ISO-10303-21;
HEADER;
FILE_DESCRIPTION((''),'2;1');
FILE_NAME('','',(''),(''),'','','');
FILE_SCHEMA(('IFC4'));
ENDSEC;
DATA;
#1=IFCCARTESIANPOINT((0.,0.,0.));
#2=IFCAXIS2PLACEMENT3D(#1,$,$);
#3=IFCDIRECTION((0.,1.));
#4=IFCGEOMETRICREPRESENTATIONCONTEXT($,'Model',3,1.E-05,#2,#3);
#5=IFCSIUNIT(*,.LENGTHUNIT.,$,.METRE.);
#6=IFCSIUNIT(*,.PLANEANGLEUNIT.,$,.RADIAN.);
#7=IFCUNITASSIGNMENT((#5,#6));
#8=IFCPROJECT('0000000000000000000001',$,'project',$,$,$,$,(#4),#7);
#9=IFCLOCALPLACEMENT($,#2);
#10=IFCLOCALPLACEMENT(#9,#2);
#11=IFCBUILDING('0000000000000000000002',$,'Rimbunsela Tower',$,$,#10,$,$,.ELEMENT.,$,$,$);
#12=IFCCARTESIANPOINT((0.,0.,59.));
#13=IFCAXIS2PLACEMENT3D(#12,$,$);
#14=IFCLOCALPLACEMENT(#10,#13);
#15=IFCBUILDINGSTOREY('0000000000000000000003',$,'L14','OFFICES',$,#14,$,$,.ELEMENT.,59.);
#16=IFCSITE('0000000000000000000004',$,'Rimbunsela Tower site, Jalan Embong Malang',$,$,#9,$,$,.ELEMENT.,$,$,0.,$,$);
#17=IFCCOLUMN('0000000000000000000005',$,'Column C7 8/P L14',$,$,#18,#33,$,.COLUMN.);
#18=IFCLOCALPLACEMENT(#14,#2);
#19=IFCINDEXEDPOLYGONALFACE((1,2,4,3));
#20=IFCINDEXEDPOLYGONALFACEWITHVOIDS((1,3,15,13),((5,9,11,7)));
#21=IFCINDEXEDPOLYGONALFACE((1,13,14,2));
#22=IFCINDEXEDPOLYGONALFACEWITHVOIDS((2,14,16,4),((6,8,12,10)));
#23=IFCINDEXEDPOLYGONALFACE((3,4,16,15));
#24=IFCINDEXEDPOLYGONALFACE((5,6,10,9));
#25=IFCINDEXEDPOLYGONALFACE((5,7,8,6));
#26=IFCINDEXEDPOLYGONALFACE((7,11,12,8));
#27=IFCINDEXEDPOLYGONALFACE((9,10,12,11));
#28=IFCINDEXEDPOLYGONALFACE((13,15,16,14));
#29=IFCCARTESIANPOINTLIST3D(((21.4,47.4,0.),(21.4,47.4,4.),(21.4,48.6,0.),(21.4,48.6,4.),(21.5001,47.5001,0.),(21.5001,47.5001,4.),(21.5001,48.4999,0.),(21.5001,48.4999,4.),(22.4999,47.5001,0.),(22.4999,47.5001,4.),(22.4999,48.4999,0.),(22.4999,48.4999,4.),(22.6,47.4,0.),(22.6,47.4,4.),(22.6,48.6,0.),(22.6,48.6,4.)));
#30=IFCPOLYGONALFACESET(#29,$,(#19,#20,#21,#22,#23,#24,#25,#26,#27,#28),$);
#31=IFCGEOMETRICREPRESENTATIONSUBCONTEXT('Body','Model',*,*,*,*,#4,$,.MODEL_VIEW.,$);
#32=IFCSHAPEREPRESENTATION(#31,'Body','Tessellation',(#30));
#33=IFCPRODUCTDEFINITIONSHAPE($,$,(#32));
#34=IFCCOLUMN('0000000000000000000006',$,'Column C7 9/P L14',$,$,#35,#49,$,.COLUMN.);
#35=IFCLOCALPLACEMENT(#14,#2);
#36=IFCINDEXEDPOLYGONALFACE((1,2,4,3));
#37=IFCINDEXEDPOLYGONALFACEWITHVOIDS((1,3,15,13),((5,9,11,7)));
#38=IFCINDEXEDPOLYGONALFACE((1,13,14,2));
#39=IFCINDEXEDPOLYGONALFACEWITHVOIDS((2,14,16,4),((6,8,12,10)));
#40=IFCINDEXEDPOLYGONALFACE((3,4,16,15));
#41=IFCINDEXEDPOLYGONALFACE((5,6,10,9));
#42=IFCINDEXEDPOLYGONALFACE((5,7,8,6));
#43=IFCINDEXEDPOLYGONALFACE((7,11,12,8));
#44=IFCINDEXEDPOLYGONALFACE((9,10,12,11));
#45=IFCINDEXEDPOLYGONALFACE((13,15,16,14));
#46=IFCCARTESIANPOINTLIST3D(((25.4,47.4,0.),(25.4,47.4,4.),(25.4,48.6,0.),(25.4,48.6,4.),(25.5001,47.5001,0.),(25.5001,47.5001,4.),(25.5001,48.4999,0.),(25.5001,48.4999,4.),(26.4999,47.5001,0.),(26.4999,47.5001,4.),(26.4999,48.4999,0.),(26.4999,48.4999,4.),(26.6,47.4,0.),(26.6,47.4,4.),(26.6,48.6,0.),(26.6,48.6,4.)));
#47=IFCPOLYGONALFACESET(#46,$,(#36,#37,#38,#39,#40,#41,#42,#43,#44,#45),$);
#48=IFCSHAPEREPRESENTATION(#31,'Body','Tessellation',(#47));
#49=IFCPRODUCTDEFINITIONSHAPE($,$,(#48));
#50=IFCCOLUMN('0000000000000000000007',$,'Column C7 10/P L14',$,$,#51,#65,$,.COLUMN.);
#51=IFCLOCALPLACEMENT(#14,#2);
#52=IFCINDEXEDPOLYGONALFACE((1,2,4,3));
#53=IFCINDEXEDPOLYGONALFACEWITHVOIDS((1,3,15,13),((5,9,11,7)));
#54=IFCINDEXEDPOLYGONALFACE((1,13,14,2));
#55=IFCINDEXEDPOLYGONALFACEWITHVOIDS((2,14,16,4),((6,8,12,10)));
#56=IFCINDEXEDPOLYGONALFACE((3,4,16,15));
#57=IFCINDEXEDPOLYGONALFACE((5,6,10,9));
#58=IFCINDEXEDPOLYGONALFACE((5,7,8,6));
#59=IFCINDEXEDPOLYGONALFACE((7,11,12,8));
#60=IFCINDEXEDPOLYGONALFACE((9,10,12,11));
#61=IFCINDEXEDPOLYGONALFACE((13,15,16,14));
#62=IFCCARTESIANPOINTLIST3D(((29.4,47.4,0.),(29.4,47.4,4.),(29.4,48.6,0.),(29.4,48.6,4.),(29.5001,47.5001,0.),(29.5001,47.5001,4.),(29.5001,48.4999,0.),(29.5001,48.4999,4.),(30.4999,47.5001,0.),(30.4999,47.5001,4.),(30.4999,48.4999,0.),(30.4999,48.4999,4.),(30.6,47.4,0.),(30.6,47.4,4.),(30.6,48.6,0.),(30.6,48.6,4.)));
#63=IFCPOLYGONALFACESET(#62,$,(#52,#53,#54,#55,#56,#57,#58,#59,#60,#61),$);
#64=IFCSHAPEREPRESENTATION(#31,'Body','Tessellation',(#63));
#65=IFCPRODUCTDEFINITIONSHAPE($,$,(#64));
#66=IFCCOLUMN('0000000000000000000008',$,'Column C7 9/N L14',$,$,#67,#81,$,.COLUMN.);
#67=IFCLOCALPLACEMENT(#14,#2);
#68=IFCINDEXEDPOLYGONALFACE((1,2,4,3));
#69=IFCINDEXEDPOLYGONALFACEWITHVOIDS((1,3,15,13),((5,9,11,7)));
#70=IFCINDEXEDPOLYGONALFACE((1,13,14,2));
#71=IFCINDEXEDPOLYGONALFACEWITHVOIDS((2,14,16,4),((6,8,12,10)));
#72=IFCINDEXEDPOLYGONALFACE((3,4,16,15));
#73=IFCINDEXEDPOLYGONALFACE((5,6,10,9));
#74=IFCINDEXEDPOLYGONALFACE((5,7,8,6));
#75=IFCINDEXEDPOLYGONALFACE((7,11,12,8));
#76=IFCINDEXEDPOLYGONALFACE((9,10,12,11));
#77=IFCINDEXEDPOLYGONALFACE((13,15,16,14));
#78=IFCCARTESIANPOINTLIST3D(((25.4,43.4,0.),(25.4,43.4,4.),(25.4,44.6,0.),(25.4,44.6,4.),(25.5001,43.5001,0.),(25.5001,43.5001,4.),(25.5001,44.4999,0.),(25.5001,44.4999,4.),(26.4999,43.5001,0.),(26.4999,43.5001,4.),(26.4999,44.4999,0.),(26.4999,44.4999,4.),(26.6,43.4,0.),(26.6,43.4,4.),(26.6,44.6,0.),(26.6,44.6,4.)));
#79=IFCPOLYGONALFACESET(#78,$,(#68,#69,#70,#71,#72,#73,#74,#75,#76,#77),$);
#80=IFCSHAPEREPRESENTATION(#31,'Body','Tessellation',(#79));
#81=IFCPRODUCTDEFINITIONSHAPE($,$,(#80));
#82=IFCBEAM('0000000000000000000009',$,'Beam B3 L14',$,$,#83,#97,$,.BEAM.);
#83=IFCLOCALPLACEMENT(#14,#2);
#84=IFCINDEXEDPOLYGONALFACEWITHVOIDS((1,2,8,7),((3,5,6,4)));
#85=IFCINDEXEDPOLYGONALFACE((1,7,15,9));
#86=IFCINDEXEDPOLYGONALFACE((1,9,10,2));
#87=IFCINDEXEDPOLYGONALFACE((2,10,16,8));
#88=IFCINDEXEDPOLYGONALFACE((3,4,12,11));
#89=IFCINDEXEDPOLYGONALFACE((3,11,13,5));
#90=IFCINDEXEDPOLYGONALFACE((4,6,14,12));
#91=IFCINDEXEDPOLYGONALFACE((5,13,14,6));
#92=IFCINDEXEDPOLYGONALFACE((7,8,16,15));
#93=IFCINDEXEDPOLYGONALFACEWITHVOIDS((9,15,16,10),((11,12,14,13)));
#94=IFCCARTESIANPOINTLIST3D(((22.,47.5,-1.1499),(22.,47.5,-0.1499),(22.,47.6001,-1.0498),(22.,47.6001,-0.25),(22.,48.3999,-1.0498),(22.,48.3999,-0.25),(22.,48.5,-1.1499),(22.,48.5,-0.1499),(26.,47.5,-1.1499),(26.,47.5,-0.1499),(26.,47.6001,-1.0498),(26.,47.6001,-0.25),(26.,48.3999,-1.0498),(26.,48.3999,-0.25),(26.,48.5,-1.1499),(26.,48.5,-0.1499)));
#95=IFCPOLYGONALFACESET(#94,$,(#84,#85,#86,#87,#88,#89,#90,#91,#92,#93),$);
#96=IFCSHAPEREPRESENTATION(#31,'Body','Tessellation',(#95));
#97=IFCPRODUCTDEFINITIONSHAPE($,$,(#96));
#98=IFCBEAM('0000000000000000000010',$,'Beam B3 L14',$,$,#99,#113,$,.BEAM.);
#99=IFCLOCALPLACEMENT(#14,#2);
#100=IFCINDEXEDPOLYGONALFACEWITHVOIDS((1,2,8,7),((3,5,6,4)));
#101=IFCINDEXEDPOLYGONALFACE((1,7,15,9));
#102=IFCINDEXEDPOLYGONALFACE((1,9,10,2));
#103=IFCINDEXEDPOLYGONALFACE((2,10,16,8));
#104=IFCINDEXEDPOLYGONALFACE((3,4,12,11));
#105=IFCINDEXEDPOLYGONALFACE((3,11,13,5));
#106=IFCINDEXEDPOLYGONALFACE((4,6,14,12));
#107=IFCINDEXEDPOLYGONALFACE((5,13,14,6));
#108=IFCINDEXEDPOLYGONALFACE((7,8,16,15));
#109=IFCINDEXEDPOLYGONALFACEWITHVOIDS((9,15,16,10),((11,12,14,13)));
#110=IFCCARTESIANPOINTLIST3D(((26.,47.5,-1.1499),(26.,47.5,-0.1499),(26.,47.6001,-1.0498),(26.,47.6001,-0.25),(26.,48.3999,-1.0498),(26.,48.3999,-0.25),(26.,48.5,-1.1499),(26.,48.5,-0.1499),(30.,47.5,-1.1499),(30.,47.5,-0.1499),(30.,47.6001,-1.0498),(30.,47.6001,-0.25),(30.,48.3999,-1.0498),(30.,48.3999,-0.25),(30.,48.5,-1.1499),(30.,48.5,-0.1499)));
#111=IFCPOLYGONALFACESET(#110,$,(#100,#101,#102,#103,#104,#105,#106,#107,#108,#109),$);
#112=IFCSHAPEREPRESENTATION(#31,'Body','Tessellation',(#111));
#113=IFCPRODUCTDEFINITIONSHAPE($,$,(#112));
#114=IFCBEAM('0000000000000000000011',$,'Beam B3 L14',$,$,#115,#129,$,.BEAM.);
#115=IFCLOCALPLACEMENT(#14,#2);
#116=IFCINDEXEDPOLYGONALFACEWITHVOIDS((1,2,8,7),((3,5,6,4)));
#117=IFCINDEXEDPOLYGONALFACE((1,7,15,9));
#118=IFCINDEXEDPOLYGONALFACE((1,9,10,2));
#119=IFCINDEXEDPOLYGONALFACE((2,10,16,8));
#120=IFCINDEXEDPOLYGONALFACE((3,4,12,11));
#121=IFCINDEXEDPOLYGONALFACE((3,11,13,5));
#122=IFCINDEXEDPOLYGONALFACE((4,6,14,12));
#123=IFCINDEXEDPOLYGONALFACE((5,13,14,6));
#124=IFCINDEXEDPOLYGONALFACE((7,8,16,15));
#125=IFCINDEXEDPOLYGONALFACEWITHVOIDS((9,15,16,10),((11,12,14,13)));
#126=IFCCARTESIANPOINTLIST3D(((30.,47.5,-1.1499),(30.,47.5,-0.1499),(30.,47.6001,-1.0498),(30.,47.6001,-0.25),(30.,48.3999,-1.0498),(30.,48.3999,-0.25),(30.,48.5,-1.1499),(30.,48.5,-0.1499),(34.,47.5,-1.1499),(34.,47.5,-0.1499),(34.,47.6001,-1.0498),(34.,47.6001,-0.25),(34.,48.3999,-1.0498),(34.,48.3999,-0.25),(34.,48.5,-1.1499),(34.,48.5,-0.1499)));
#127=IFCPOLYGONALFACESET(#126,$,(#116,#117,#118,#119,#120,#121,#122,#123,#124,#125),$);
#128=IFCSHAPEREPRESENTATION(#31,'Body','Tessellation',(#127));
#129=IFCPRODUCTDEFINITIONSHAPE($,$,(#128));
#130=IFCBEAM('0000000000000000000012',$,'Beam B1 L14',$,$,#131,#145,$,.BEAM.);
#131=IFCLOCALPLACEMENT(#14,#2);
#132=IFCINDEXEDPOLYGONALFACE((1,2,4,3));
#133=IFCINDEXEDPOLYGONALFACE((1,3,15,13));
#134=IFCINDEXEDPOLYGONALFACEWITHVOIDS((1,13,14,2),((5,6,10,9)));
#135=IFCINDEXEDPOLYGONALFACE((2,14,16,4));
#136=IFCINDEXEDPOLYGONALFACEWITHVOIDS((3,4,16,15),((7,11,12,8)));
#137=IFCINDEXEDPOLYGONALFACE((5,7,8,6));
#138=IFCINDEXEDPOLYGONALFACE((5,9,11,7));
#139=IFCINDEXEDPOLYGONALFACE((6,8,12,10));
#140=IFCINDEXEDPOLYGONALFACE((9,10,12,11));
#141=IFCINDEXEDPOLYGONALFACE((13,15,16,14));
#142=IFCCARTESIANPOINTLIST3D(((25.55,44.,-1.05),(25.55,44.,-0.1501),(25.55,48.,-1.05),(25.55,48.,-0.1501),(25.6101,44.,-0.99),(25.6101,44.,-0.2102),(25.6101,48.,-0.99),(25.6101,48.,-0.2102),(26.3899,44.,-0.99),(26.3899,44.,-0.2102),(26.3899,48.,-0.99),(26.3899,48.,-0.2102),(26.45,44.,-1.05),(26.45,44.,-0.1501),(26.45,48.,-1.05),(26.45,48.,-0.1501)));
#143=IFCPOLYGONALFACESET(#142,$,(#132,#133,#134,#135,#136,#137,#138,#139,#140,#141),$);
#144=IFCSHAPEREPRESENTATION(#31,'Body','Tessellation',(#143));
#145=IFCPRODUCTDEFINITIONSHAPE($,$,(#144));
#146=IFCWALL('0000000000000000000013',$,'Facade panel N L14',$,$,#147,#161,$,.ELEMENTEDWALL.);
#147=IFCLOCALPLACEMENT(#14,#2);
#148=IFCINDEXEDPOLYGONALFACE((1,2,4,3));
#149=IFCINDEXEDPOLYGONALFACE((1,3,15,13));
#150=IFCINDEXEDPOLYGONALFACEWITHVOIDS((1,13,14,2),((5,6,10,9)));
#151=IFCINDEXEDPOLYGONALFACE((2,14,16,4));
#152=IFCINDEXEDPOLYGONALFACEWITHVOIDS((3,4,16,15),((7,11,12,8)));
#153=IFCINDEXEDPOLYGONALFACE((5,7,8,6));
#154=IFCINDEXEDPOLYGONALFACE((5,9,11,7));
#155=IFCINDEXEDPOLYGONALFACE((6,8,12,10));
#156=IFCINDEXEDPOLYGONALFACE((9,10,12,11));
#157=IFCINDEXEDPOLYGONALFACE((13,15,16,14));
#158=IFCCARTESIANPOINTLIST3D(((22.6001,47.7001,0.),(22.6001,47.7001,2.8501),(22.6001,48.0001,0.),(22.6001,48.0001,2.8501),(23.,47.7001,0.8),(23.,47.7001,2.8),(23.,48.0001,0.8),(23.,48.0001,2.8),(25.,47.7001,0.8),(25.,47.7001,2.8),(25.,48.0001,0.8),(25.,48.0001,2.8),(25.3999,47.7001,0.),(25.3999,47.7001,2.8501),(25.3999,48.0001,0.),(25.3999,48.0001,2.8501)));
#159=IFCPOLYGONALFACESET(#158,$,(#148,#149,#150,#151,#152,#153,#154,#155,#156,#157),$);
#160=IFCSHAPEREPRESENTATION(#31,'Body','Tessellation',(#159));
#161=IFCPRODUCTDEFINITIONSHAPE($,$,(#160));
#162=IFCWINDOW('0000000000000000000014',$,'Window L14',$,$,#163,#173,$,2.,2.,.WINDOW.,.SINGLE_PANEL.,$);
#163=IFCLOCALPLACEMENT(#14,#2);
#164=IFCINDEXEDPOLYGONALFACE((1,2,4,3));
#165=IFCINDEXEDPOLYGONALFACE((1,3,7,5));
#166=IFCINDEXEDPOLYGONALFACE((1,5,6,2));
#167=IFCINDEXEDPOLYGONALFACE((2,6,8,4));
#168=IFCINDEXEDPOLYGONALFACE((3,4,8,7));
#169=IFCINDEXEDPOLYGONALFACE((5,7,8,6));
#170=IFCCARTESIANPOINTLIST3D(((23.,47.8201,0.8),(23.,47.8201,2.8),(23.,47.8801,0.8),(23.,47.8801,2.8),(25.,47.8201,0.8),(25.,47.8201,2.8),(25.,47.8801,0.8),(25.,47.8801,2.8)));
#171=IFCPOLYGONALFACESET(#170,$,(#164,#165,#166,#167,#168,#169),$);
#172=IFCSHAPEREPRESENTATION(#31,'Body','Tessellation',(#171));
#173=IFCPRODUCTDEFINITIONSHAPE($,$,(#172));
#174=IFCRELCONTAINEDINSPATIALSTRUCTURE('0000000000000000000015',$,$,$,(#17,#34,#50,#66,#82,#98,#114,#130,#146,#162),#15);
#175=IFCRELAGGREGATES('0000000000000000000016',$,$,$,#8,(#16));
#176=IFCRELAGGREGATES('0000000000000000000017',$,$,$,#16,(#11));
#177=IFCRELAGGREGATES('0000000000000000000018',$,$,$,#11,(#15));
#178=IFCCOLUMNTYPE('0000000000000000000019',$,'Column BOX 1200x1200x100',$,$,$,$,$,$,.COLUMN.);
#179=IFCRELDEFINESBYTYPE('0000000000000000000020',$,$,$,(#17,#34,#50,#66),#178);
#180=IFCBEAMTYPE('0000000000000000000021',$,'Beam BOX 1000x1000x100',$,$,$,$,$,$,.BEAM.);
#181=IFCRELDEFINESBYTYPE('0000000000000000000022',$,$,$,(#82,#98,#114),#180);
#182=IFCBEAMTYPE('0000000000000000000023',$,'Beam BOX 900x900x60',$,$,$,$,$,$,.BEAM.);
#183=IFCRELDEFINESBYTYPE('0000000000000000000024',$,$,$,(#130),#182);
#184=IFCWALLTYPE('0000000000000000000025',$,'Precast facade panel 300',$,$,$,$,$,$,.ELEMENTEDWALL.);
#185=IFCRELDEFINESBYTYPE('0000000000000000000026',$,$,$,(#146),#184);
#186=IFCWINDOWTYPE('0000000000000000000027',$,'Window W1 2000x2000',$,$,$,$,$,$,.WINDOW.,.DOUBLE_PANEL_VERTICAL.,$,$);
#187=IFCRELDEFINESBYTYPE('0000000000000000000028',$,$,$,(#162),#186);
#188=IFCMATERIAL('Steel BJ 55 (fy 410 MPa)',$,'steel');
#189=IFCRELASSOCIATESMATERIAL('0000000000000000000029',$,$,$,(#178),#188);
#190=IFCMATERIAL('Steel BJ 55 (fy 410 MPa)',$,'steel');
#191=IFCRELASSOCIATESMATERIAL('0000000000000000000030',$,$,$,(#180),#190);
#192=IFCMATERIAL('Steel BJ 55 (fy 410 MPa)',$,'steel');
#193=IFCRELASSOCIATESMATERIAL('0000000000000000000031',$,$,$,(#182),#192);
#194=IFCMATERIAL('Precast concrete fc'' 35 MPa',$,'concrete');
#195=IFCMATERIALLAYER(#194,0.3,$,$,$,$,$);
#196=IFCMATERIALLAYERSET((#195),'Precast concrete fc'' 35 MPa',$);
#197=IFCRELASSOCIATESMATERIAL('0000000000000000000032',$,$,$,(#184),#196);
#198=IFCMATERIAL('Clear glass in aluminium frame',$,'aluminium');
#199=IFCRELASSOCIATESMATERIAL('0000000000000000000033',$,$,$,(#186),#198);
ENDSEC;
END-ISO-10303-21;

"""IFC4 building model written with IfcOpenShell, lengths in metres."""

from ifc_helpers import new_model, si_unit, direction, frame, frame_2d, origin, origin_2d, place, context, subcontext, project, spatial, rectangle, hollow_rectangle, extrude, material, layer, layer_set, material_profile, profile_set, type_object, element, fill, save


model = new_model("IFC4")

# Units and contexts
model_context = context("Model", 3, precision=1e-05, world=origin(), true_north=direction((0.0, 1.0)))
body_context = subcontext(model_context, "Body", "Model", "MODEL_VIEW")
ifc_project = project(units=[si_unit("LENGTHUNIT", "METRE"), si_unit("PLANEANGLEUNIT", "RADIAN")], contexts=[model_context])

# Site, building, storey
site_placement = place(None, origin())
site = spatial("IfcSite", under=ifc_project, at=site_placement, Name="Rimbunsela Tower site, Jalan Embong Malang", CompositionType="ELEMENT", RefElevation=0.0)
building_placement = place(site_placement, origin())
building = spatial("IfcBuilding", under=site, at=building_placement, Name="Rimbunsela Tower", CompositionType="ELEMENT")
storey_placement = place(building_placement, frame((0.0, 0.0, 59.0)))
storey = spatial("IfcBuildingStorey", under=building, at=storey_placement, Name="L14", Description="OFFICES", CompositionType="ELEMENT", Elevation=59.0)

# Columns
ifc_material_1 = material(Name="Steel BJ 55 (fy 410 MPa)", Category="steel")
ifc_material_profile_1 = material_profile(ifc_material_1, hollow_rectangle(XDim=1.2, YDim=1.2, WallThickness=0.1001, at=origin_2d()), Name="BOX 1200x1200x100")
ifc_profile_set_1 = profile_set([ifc_material_profile_1], Name="Steel BJ 55 (fy 410 MPa)")
column_type = type_object("IfcColumnType", Name="Column BOX 1200x1200x100", PredefinedType="COLUMN", material=ifc_profile_set_1)
for number, where, z_axis, x_axis, name in (
    (1, (22.0, 48.0, 0.0), (0.0, 0.0, 1.0), (1.0, 0.0, 0.0), "Column C7 8/P L14"),
    (2, (26.0, 48.0, 0.0), (0.0, 0.0, 1.0), (1.0, 0.0, 0.0), "Column C7 9/P L14"),
    (3, (30.0, 48.0, 0.0), (0.0, 0.0, 1.0), (1.0, 0.0, 0.0), "Column C7 10/P L14"),
    (4, (26.0, 44.0, 0.0), (0.0, 0.0, 1.0), (1.0, 0.0, 0.0), "Column C7 9/N L14"),
):
    element("IfcColumn", number, at=place(storey_placement, frame(where, z_axis=z_axis, x_axis=x_axis)), inside=storey, type_object=column_type, Name=name, PredefinedType="COLUMN", context=body_context, shape_type="SweptSolid", body=[
        extrude(hollow_rectangle(XDim=1.2, YDim=1.2, WallThickness=0.1001, at=origin_2d()), origin(), (0.0, 0.0, 1.0), 4.0),
    ])

# Beams
ifc_material_2 = material(Name="Steel BJ 55 (fy 410 MPa)", Category="steel")
ifc_material_profile_2 = material_profile(ifc_material_2, hollow_rectangle(XDim=1.0, YDim=1.0, WallThickness=0.1001, at=origin_2d()), Name="BOX 1000x1000x100")
ifc_profile_set_2 = profile_set([ifc_material_profile_2], Name="Steel BJ 55 (fy 410 MPa)")
beam_type_1 = type_object("IfcBeamType", Name="Beam BOX 1000x1000x100", PredefinedType="BEAM", material=ifc_profile_set_2)
for number, where, z_axis, x_axis, name in (
    (5, (22.0, 48.0, -0.6499), (1.0, 0.0, 0.0), (0.0, 1.0, 0.0), "Beam B3 L14"),
    (6, (26.0, 48.0, -0.6499), (1.0, 0.0, 0.0), (0.0, 1.0, 0.0), "Beam B3 L14"),
    (7, (30.0, 48.0, -0.6499), (1.0, 0.0, 0.0), (0.0, 1.0, 0.0), "Beam B3 L14"),
):
    element("IfcBeam", number, at=place(storey_placement, frame(where, z_axis=z_axis, x_axis=x_axis)), inside=storey, type_object=beam_type_1, Name=name, PredefinedType="BEAM", context=body_context, shape_type="SweptSolid", body=[
        extrude(hollow_rectangle(XDim=1.0, YDim=1.0, WallThickness=0.1001, at=origin_2d()), origin(), (0.0, 0.0, 1.0), 4.0),
    ])
ifc_material_3 = material(Name="Steel BJ 55 (fy 410 MPa)", Category="steel")
ifc_material_profile_3 = material_profile(ifc_material_3, hollow_rectangle(XDim=0.8999, YDim=0.8999, WallThickness=0.0601, at=origin_2d()), Name="BOX 900x900x60")
ifc_profile_set_3 = profile_set([ifc_material_profile_3], Name="Steel BJ 55 (fy 410 MPa)")
beam_type_2 = type_object("IfcBeamType", Name="Beam BOX 900x900x60", PredefinedType="BEAM", material=ifc_profile_set_3)
beam_placement = place(storey_placement, frame((26.0, 44.0, -0.6001), z_axis=(0.0, 1.0, 0.0), x_axis=(-1.0, 0.0, 0.0)))
element("IfcBeam", 8, at=beam_placement, inside=storey, type_object=beam_type_2, Name="Beam B1 L14", PredefinedType="BEAM", context=body_context, shape_type="SweptSolid", body=[
    extrude(hollow_rectangle(XDim=0.8999, YDim=0.8999, WallThickness=0.0601, at=origin_2d()), origin(), (0.0, 0.0, 1.0), 4.0),
])

# Wall, opening, window
ifc_material_4 = material(Name="Precast concrete fc' 35 MPa", Category="concrete")
ifc_layer_1 = layer(ifc_material_4, 0.3)
ifc_layer_set_1 = layer_set([ifc_layer_1], Name="Precast concrete fc' 35 MPa")
wall_type_1 = type_object("IfcWallType", Name="Precast facade panel 300", PredefinedType="ELEMENTEDWALL", material=ifc_layer_set_1)
wall_1_placement = place(storey_placement, frame((25.3999, 47.8501, 0.0), z_axis=(0.0, 0.0, 1.0), x_axis=(-1.0, 0.0, 0.0)))
wall_1 = element("IfcWall", 9, at=wall_1_placement, inside=storey, type_object=wall_type_1, Name="Facade panel N L14", PredefinedType="ELEMENTEDWALL", context=body_context, shape_type="SweptSolid", body=[
    extrude(rectangle(XDim=2.7998, YDim=0.3, at=frame_2d((1.3999, 0.0))), origin(), (0.0, 0.0, 1.0), 2.8501),
])
opening_1_placement = place(wall_1_placement, frame((0.3999, 0.0, 0.8)))
opening_1 = element("IfcOpeningElement", 10, at=opening_1_placement, cuts=wall_1, PredefinedType="OPENING", context=body_context, shape_type="SweptSolid", body=[
    extrude(rectangle(XDim=2.0, YDim=2.0, at=frame_2d((1.0, 1.0))), frame((0.0, 0.1599, 0.0), z_axis=(0.0, -1.0, 0.0), x_axis=(1.0, 0.0, 0.0)), (0.0, 0.0, 1.0), 0.3201),
])
ifc_material_5 = material(Name="Clear glass in aluminium frame", Category="aluminium")
window_type_1 = type_object("IfcWindowType", Name="Window W1 2000x2000", PartitioningType="DOUBLE_PANEL_VERTICAL", PredefinedType="WINDOW", material=ifc_material_5)
window_1_placement = place(opening_1_placement, origin())
window_1 = element("IfcWindow", 11, at=window_1_placement, inside=storey, type_object=window_type_1, Name="Window L14", OverallHeight=2.0, OverallWidth=2.0, PartitioningType="SINGLE_PANEL", PredefinedType="WINDOW", context=body_context, shape_type="SweptSolid", body=[
    extrude(rectangle(XDim=2.0, YDim=2.0, at=frame_2d((1.0, 1.0))), frame((0.0, 0.03, 0.0), z_axis=(0.0, -1.0, 0.0), x_axis=(1.0, 0.0, 0.0)), (0.0, 0.0, 1.0), 0.0601),
])
fill(opening_1, window_1)

save(model, "model.ifc")
